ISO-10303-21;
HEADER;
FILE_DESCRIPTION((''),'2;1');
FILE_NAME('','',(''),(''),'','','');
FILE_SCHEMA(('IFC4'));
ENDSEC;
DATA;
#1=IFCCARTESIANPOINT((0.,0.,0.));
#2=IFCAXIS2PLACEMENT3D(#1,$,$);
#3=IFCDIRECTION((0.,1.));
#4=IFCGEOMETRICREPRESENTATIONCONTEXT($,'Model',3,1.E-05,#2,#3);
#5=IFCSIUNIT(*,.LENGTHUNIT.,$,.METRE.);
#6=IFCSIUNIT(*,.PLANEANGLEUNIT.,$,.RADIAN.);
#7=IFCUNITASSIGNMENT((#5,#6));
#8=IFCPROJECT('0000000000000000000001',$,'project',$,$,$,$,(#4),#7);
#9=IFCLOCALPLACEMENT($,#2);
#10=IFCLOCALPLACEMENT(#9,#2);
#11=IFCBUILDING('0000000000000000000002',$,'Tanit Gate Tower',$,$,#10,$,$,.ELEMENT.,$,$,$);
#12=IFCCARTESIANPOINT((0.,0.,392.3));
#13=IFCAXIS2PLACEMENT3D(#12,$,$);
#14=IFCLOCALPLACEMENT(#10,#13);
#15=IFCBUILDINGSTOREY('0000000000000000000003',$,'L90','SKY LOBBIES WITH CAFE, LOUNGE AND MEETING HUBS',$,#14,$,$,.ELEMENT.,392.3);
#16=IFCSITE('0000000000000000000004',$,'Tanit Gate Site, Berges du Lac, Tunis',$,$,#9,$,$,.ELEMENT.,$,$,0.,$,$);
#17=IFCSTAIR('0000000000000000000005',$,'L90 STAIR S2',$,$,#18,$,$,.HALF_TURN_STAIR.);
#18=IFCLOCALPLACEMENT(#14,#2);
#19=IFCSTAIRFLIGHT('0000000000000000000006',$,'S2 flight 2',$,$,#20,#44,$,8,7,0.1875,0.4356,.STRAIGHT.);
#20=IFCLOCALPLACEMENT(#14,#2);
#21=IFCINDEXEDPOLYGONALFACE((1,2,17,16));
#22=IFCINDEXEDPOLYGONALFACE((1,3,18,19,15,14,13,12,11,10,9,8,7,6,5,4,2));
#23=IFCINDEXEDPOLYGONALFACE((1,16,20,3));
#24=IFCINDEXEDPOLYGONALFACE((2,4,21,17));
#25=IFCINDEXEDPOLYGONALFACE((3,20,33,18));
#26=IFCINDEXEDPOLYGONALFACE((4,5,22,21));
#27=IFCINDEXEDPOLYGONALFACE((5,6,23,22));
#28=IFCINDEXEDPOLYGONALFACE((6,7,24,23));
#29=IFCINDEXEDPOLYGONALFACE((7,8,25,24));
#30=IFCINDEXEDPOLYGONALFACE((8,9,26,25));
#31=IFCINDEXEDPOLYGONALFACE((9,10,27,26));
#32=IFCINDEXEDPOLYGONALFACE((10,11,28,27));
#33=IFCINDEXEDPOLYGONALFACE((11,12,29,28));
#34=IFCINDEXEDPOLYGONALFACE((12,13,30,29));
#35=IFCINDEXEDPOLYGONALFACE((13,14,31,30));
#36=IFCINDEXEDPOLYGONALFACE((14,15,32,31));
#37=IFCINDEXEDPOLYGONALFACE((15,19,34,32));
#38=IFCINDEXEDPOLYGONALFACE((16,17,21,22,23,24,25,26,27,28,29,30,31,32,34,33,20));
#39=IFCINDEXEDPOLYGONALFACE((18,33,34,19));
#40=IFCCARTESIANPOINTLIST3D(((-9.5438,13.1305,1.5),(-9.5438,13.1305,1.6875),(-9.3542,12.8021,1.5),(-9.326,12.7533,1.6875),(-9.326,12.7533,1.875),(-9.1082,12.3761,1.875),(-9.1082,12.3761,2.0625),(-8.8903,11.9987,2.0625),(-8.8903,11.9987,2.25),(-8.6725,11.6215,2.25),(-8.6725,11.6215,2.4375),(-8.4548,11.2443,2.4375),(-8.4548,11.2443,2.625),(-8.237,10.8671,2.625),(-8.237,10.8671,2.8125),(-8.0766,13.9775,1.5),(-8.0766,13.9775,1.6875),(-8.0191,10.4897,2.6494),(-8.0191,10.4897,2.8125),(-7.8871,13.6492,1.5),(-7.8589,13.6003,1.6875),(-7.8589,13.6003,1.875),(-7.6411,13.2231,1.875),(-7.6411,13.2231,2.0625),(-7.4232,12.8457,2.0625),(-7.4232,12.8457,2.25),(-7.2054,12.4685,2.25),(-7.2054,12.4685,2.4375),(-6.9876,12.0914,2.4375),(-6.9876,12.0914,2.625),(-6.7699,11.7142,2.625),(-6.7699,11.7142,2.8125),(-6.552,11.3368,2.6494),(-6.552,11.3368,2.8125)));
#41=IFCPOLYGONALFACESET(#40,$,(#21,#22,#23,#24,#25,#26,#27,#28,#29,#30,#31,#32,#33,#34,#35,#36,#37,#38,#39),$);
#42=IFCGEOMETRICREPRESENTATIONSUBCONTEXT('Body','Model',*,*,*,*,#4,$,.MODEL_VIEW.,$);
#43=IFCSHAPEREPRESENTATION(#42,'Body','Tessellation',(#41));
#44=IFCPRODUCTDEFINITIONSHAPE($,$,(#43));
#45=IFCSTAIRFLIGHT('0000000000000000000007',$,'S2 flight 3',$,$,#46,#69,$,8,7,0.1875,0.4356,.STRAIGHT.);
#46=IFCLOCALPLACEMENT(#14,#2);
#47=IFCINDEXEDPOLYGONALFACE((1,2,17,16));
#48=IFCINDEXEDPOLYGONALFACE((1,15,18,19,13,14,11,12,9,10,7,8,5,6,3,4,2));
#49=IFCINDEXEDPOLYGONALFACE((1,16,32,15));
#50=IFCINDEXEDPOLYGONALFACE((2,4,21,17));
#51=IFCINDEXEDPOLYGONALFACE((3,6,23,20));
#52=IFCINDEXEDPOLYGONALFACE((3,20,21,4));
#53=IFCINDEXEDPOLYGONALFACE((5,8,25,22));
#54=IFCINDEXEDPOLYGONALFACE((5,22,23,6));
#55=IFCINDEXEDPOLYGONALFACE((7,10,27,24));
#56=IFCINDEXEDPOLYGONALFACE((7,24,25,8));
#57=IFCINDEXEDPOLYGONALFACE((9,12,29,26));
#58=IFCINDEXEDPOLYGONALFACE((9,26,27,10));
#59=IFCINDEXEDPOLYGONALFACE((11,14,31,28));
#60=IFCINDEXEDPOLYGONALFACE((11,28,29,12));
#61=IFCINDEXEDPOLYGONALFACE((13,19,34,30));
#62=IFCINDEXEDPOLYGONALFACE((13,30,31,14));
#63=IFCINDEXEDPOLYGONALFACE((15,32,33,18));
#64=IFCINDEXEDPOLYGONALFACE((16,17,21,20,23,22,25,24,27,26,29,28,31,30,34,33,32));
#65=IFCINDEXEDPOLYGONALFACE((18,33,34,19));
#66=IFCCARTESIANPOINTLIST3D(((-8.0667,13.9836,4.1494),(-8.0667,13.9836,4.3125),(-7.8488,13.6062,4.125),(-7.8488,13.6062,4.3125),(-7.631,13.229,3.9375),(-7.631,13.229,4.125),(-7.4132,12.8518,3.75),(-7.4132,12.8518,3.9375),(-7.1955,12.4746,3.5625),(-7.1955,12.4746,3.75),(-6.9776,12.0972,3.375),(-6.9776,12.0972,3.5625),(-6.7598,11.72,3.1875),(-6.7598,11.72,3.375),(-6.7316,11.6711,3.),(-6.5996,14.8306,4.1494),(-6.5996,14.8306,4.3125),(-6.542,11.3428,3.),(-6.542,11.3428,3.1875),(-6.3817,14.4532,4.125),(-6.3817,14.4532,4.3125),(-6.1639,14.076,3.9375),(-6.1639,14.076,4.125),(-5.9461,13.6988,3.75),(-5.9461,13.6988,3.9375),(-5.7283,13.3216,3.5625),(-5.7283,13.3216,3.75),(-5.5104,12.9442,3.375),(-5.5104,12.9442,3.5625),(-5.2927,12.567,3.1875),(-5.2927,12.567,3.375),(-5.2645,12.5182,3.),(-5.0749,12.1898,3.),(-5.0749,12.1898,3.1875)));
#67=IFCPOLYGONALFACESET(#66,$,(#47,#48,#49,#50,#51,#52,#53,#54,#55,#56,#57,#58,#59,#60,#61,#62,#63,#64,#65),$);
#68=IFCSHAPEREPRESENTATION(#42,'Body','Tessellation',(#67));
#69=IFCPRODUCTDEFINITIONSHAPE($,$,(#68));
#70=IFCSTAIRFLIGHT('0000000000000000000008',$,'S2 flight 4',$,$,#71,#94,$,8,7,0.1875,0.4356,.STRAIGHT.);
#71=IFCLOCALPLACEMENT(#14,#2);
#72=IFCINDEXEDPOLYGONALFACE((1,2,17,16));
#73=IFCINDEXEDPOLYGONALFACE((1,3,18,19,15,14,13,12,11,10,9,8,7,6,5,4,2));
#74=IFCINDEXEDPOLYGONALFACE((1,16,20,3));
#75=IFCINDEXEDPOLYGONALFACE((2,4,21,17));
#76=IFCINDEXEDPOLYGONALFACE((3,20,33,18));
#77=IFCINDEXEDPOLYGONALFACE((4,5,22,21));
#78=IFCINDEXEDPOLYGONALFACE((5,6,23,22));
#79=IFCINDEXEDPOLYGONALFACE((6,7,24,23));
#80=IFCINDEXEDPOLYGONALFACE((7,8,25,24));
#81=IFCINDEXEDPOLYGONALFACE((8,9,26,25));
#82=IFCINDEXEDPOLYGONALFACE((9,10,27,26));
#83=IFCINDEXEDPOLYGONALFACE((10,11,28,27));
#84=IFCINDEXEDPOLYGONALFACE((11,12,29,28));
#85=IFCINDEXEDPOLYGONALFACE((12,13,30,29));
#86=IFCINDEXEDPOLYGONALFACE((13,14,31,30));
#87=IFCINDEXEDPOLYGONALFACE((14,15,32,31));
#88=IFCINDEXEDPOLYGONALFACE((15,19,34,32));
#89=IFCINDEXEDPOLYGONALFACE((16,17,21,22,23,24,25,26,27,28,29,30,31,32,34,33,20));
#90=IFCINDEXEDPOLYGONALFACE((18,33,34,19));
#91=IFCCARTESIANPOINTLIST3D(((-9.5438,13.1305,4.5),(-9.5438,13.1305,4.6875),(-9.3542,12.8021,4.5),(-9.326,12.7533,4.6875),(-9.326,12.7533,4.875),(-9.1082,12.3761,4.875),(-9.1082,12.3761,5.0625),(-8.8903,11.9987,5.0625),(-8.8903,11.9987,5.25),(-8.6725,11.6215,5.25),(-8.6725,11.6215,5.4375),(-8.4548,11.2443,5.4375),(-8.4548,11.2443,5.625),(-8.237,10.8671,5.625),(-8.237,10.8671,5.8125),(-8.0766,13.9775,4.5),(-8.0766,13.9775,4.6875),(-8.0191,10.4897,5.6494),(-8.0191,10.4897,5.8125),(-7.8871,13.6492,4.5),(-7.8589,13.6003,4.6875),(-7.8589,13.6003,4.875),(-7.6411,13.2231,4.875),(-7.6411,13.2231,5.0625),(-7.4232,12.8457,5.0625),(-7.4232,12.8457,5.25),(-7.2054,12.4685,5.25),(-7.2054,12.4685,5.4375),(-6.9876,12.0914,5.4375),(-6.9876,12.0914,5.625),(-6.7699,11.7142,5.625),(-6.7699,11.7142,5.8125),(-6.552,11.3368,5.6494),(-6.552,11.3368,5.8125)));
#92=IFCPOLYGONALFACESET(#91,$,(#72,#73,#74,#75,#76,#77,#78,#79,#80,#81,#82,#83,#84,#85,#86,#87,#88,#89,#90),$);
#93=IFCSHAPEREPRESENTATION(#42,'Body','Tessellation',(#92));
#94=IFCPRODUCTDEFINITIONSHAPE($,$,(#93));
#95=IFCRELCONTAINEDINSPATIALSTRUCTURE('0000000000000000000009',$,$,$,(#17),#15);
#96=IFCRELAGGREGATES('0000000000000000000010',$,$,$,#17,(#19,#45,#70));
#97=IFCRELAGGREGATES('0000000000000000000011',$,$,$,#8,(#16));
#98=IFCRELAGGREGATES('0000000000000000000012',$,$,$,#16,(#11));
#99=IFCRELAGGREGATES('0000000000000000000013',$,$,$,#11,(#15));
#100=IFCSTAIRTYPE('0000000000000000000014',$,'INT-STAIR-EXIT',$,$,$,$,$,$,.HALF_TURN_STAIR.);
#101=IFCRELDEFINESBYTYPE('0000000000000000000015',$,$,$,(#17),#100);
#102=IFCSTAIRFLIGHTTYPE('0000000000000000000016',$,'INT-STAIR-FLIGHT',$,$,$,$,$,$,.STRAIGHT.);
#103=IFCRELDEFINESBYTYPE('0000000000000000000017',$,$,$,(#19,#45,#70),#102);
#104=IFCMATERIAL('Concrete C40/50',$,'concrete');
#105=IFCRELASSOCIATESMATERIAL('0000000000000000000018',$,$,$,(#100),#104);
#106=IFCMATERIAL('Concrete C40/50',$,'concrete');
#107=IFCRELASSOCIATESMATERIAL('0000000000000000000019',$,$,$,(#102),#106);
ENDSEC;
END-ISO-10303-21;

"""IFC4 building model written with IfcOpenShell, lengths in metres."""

from ifc_helpers import new_model, si_unit, direction, frame, origin, place, context, subcontext, project, spatial, polyline, outline, extrude, material, type_object, element, aggregate, save


model = new_model("IFC4")

# Units and contexts
model_context = context("Model", 3, precision=1e-05, world=origin(), true_north=direction((0.0, 1.0)))
body_context = subcontext(model_context, "Body", "Model", "MODEL_VIEW")
ifc_project = project(units=[si_unit("LENGTHUNIT", "METRE"), si_unit("PLANEANGLEUNIT", "RADIAN")], contexts=[model_context])

# Site, building, storey
site_placement = place(None, origin())
site = spatial("IfcSite", under=ifc_project, at=site_placement, Name="Tanit Gate Site, Berges du Lac, Tunis", CompositionType="ELEMENT", RefElevation=0.0)
building_placement = place(site_placement, origin())
building = spatial("IfcBuilding", under=site, at=building_placement, Name="Tanit Gate Tower", CompositionType="ELEMENT")
storey_placement = place(building_placement, frame((0.0, 0.0, 392.3)))
storey = spatial("IfcBuildingStorey", under=building, at=storey_placement, Name="L90", Description="SKY LOBBIES WITH CAFE, LOUNGE AND MEETING HUBS", CompositionType="ELEMENT", Elevation=392.3)

# Stair, stair flights
ifc_material_1 = material(Name="Concrete C40/50", Category="concrete")
stair_type = type_object("IfcStairType", Name="INT-STAIR-EXIT", PredefinedType="HALF_TURN_STAIR", material=ifc_material_1)
stair_placement = place(storey_placement, origin())
stair = element("IfcStair", 1, at=stair_placement, inside=storey, type_object=stair_type, Name="L90 STAIR S2", PredefinedType="HALF_TURN_STAIR")
ifc_material_2 = material(Name="Concrete C40/50", Category="concrete")
stair_flight_type = type_object("IfcStairFlightType", Name="INT-STAIR-FLIGHT", PredefinedType="STRAIGHT", material=ifc_material_2)
stair_flight_1_placement = place(storey_placement, frame((-8.8103, 13.554, 1.5), z_axis=(0.0, 0.0, 1.0), x_axis=(0.5, -0.866025, 0.0)))
stair_flight_1 = element("IfcStairFlight", 2, at=stair_flight_1_placement, type_object=stair_flight_type, Name="S2 flight 2", NumberOfRisers=8, NumberOfTreads=7, PredefinedType="STRAIGHT", RiserHeight=0.1875, TreadLength=0.4356, context=body_context, shape_type="SweptSolid", body=[
    extrude(outline(polyline([(0.0, 0.0), (0.0, 0.1875), (0.4355, 0.1875), (0.4355, 0.375), (0.8711, 0.375), (0.8711, 0.5625), (1.3069, 0.5625), (1.3069, 0.75), (1.7424, 0.75), (1.7424, 0.9375), (2.178, 0.9375), (2.178, 1.125), (2.6135, 1.125), (2.6135, 1.3125), (3.0493, 1.3125), (3.0493, 1.5), (3.0493, 1.1494), (0.3792, 0.0), (0.0, 0.0)])), frame((0.0, 0.8472, 0.0), z_axis=(0.0, -1.0, 0.0), x_axis=(1.0, 0.0, 0.0)), (0.0, 0.0, 1.0), 1.6941),
])
stair_flight_2_placement = place(storey_placement, frame((-5.8083, 11.7664, 3.0), z_axis=(0.0, 0.0, 1.0), x_axis=(-0.5, 0.866025, 0.0)))
stair_flight_2 = element("IfcStairFlight", 3, at=stair_flight_2_placement, type_object=stair_flight_type, Name="S2 flight 3", NumberOfRisers=8, NumberOfTreads=7, PredefinedType="STRAIGHT", RiserHeight=0.1875, TreadLength=0.4356, context=body_context, shape_type="SweptSolid", body=[
    extrude(outline(polyline([(0.0, 0.0), (0.0, 0.1875), (0.4355, 0.1875), (0.4355, 0.375), (0.8711, 0.375), (0.8711, 0.5625), (1.3069, 0.5625), (1.3069, 0.75), (1.7424, 0.75), (1.7424, 0.9375), (2.178, 0.9375), (2.178, 1.125), (2.6135, 1.125), (2.6135, 1.3125), (3.0493, 1.3125), (3.0493, 1.5), (3.0493, 1.1494), (0.3792, 0.0), (0.0, 0.0)])), frame((0.0, 0.8472, 0.0), z_axis=(0.0, -1.0, 0.0), x_axis=(1.0, 0.0, 0.0)), (0.0, 0.0, 1.0), 1.6941),
])
stair_flight_3_placement = place(storey_placement, frame((-8.8103, 13.554, 4.5), z_axis=(0.0, 0.0, 1.0), x_axis=(0.5, -0.866025, 0.0)))
stair_flight_3 = element("IfcStairFlight", 4, at=stair_flight_3_placement, type_object=stair_flight_type, Name="S2 flight 4", NumberOfRisers=8, NumberOfTreads=7, PredefinedType="STRAIGHT", RiserHeight=0.1875, TreadLength=0.4356, context=body_context, shape_type="SweptSolid", body=[
    extrude(outline(polyline([(0.0, 0.0), (0.0, 0.1875), (0.4355, 0.1875), (0.4355, 0.375), (0.8711, 0.375), (0.8711, 0.5625), (1.3069, 0.5625), (1.3069, 0.75), (1.7424, 0.75), (1.7424, 0.9375), (2.178, 0.9375), (2.178, 1.125), (2.6135, 1.125), (2.6135, 1.3125), (3.0493, 1.3125), (3.0493, 1.5), (3.0493, 1.1494), (0.3792, 0.0), (0.0, 0.0)])), frame((0.0, 0.8472, 0.0), z_axis=(0.0, -1.0, 0.0), x_axis=(1.0, 0.0, 0.0)), (0.0, 0.0, 1.0), 1.6941),
])
aggregate(stair, [stair_flight_1, stair_flight_2, stair_flight_3])

save(model, "model.ifc")
